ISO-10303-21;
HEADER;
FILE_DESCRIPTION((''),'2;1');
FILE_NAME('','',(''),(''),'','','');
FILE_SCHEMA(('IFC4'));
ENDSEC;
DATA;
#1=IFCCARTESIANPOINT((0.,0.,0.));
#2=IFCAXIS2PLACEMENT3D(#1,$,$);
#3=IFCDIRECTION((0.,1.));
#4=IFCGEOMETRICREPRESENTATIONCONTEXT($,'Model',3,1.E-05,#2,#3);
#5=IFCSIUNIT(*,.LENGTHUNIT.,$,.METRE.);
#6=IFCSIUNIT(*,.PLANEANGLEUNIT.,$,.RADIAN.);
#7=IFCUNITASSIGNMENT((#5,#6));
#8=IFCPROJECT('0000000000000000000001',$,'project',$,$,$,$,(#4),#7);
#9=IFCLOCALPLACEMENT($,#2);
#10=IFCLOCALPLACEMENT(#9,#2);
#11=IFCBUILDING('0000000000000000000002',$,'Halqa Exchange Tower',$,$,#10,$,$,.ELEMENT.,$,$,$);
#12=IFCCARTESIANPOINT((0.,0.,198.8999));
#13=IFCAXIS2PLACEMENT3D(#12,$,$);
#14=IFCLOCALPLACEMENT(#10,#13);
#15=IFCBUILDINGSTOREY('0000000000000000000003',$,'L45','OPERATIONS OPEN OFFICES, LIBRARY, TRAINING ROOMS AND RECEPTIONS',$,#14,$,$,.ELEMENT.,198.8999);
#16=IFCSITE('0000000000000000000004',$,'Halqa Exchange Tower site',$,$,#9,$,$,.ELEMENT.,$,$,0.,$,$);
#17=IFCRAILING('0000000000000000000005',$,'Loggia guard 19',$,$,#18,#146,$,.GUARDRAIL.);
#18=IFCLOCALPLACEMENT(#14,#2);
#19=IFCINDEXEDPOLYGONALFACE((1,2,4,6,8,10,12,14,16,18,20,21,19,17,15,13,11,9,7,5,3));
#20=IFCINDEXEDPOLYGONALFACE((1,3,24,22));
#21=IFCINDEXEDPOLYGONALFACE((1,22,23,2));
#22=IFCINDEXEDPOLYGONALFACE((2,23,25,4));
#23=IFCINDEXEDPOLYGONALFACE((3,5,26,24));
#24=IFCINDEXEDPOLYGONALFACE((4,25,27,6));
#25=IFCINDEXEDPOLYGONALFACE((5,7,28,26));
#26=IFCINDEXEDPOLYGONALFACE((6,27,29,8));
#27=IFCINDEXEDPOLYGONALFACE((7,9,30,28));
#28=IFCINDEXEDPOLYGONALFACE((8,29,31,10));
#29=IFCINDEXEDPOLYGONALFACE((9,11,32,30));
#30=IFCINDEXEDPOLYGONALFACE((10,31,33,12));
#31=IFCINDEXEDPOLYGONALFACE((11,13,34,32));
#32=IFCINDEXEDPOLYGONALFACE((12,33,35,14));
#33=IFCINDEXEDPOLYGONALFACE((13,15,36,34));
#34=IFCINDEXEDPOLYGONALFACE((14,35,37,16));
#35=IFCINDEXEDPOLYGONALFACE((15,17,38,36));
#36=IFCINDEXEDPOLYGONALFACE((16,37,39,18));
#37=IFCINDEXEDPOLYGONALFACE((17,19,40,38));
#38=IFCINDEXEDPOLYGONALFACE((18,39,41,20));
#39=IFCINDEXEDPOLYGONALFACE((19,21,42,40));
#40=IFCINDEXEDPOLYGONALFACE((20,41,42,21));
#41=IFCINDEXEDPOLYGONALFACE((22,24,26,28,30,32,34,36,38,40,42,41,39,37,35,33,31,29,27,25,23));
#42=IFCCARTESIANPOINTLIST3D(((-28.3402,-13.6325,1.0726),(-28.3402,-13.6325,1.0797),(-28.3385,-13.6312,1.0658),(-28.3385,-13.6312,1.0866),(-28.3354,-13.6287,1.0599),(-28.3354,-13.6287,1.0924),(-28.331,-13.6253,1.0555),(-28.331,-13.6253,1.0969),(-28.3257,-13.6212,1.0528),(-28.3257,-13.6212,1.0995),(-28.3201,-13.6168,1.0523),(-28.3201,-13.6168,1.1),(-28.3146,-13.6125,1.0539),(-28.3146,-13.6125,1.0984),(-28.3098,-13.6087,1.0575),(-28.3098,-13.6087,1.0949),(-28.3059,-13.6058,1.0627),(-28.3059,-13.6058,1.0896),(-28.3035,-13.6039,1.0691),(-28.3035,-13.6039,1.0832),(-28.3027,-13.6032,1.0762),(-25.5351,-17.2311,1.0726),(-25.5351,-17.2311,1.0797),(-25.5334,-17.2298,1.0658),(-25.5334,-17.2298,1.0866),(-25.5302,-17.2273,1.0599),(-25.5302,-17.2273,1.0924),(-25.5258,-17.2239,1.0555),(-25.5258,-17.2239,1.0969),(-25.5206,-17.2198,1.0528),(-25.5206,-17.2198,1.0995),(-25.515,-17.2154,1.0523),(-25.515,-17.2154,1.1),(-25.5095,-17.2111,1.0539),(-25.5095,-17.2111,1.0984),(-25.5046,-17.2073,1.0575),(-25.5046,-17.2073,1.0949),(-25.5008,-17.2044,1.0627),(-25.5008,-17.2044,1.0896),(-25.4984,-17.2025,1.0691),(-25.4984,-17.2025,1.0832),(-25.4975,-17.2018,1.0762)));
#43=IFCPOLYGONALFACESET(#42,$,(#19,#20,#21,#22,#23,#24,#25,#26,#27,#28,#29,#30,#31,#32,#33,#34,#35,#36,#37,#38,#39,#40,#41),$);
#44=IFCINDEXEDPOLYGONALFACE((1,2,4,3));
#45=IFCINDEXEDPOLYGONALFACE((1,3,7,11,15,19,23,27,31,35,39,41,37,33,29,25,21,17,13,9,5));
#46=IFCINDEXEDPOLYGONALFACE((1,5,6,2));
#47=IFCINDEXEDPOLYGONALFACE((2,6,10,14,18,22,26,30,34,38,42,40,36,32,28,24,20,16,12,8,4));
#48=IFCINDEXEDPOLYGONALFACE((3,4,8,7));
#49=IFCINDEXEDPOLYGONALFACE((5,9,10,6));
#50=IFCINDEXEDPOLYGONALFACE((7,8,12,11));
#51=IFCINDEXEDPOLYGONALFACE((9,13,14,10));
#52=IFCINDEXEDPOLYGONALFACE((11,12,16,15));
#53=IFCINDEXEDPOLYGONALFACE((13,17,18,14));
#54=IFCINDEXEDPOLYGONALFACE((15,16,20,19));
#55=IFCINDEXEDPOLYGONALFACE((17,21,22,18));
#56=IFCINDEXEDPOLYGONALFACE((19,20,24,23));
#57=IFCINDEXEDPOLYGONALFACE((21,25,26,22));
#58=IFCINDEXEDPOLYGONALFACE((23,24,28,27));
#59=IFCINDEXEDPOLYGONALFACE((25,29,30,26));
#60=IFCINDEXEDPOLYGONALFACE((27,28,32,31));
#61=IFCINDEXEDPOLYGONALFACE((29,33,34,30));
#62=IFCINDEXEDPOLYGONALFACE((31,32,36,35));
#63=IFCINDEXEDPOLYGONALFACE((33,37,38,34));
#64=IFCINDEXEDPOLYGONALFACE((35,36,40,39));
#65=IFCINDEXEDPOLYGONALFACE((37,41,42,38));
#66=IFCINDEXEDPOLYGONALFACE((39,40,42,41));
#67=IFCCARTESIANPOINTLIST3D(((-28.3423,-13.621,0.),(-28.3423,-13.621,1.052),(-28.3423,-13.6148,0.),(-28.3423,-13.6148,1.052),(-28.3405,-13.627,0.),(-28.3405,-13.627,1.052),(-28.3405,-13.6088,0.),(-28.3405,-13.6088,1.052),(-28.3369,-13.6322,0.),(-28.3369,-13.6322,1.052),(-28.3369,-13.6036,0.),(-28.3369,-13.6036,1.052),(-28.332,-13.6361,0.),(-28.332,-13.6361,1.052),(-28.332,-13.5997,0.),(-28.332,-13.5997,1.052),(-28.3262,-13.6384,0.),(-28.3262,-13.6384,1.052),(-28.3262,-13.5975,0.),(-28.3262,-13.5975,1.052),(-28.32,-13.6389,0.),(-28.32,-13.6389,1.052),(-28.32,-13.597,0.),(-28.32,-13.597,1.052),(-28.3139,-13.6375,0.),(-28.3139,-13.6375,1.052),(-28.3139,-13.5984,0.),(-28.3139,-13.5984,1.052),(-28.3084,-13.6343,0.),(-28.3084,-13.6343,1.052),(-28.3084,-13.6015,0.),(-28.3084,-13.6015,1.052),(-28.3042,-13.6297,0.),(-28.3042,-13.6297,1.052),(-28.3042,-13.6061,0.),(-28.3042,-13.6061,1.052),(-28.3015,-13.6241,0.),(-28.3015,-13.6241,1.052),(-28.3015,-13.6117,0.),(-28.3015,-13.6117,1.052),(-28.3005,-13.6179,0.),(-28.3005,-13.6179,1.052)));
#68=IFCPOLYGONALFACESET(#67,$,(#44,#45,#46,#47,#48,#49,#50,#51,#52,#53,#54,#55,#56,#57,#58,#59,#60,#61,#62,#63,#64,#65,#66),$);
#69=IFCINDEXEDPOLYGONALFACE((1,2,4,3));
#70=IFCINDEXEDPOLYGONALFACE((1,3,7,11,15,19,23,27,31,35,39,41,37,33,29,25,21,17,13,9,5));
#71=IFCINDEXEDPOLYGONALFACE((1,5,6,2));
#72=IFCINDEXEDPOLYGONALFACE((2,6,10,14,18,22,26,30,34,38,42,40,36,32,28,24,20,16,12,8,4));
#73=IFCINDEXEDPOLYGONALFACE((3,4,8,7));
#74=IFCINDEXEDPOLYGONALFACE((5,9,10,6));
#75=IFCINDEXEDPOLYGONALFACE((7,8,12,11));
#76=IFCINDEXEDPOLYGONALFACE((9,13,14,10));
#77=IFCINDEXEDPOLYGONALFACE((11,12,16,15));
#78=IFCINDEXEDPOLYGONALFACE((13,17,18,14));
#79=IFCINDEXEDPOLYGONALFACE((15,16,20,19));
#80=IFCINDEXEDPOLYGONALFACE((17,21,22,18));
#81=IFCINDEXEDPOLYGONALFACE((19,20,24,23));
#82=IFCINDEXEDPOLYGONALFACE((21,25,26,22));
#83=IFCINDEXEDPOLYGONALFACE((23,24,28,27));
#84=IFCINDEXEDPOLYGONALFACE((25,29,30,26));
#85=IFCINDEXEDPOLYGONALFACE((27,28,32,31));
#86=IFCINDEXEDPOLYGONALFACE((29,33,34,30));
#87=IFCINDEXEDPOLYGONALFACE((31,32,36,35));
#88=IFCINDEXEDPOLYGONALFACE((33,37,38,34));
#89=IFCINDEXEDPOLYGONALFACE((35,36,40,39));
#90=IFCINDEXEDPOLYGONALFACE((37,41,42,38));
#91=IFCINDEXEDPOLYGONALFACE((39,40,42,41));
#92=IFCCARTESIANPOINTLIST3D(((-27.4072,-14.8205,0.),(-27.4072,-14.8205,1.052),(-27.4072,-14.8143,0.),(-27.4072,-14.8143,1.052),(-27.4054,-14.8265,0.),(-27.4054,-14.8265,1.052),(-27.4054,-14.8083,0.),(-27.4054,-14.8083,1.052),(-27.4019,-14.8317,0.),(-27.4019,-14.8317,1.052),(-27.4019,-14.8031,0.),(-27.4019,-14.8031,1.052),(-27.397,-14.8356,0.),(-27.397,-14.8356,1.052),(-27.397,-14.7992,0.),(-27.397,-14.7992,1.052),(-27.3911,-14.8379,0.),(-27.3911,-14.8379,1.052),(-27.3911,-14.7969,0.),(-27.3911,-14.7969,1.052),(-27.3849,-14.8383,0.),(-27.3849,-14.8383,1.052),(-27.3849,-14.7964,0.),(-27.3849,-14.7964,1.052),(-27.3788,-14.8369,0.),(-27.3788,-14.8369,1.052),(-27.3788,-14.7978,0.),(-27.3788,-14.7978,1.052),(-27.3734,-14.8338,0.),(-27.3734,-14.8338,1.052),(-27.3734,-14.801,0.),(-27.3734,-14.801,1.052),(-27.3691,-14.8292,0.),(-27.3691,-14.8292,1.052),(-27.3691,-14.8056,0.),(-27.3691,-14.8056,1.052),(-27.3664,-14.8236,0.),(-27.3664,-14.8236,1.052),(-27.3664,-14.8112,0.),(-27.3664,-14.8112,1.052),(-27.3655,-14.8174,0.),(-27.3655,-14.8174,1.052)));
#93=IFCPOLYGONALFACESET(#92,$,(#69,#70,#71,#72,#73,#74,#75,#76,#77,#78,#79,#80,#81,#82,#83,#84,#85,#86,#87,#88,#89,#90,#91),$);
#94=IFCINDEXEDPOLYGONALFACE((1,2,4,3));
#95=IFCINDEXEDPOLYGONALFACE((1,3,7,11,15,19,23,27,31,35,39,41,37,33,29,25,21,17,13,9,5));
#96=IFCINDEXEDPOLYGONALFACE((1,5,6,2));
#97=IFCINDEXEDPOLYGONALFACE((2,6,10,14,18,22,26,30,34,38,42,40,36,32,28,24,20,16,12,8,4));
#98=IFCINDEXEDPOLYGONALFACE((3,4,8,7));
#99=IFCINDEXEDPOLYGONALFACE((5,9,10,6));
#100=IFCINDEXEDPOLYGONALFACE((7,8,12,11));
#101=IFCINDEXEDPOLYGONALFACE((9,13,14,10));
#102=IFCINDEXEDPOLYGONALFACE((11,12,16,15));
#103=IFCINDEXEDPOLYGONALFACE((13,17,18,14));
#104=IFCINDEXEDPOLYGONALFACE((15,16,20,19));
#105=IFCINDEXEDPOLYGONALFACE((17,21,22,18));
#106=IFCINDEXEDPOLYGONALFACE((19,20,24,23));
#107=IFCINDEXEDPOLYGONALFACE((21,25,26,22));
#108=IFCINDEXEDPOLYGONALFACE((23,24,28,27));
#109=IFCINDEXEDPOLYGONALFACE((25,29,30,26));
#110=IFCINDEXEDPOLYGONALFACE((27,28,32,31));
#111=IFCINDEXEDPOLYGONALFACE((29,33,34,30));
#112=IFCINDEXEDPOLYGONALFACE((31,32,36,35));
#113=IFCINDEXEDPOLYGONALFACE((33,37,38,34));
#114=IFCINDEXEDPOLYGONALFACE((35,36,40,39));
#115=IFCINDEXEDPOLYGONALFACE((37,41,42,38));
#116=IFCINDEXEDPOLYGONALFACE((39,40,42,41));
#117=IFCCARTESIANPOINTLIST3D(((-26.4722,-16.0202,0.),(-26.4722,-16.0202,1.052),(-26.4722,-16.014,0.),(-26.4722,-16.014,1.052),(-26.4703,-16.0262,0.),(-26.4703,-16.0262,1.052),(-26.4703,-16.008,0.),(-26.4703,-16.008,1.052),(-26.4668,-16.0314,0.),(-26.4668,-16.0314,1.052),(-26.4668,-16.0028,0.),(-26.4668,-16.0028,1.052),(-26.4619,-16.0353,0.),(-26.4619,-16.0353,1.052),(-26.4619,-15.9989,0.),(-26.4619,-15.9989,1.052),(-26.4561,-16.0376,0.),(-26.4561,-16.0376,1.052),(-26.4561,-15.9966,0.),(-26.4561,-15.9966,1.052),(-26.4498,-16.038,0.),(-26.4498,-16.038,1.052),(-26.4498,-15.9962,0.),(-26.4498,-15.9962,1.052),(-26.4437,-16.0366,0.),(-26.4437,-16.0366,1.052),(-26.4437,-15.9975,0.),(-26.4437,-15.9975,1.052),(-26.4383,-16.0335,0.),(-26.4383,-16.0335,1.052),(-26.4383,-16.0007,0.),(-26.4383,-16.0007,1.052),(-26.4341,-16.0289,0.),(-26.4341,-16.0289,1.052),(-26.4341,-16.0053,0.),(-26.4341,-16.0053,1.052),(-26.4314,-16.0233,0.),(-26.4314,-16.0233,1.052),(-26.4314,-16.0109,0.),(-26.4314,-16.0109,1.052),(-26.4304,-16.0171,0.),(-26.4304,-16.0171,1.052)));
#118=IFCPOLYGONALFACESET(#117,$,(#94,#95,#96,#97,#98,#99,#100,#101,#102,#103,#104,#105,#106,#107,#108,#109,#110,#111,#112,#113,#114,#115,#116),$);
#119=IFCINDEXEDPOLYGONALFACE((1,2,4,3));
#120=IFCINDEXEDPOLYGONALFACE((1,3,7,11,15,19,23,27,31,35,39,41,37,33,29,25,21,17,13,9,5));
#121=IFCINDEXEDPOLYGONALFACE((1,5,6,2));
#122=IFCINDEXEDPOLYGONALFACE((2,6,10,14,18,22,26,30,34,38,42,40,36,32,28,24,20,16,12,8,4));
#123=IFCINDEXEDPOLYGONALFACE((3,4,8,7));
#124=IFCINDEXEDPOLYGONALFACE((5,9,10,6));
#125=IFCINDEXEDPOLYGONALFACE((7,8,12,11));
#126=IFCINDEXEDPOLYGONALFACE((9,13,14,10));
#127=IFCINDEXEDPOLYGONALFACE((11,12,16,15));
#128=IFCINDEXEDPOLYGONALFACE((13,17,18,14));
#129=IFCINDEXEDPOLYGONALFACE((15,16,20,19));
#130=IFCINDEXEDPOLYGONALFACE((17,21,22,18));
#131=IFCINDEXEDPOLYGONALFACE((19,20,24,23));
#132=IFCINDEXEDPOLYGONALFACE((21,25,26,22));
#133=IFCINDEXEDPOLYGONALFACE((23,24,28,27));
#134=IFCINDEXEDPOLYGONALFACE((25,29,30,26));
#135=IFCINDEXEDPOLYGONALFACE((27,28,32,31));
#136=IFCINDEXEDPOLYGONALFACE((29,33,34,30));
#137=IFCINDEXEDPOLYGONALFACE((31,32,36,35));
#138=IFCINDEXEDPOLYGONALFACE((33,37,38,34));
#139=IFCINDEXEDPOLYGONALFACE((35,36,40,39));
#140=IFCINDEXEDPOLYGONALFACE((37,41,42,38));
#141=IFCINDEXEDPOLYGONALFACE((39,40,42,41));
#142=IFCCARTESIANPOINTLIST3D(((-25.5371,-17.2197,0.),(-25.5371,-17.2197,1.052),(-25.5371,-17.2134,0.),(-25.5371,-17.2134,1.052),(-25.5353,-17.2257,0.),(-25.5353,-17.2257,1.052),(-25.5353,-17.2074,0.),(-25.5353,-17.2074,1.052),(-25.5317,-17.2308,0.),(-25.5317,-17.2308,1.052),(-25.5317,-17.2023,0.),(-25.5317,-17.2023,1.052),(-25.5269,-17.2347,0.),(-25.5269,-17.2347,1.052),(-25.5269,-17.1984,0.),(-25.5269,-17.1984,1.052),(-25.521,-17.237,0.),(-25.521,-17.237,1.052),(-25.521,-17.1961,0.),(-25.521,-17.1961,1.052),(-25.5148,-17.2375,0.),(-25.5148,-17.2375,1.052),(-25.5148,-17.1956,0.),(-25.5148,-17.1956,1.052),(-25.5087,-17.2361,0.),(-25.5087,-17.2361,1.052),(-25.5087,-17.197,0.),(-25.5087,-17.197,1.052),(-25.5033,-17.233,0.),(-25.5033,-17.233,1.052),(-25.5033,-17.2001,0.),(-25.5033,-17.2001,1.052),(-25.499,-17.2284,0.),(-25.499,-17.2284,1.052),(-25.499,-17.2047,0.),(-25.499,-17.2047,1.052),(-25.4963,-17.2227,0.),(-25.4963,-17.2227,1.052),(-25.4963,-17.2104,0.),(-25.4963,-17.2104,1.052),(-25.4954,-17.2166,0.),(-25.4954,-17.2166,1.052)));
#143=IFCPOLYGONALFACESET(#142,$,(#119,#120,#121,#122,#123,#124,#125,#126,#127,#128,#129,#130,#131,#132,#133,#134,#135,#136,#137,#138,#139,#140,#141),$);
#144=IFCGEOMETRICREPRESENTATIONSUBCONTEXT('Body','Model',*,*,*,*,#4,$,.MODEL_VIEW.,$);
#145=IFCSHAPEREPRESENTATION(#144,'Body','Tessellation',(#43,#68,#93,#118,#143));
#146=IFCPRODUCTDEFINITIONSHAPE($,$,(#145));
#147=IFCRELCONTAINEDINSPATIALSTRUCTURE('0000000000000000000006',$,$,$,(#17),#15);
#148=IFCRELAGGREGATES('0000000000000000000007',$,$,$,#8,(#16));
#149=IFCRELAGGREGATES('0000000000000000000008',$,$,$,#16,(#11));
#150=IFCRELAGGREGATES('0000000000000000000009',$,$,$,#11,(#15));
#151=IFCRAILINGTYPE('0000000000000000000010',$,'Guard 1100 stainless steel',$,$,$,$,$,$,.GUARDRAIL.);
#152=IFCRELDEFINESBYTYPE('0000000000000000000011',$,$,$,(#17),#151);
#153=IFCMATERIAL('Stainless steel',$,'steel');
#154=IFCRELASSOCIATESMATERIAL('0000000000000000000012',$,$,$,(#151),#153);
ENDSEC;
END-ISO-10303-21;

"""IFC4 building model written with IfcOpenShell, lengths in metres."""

from ifc_helpers import new_model, si_unit, direction, frame, origin, origin_2d, place, context, subcontext, project, spatial, circle, extrude, material, type_object, element, save


model = new_model("IFC4")

# Units and contexts
model_context = context("Model", 3, precision=1e-05, world=origin(), true_north=direction((0.0, 1.0)))
body_context = subcontext(model_context, "Body", "Model", "MODEL_VIEW")
ifc_project = project(units=[si_unit("LENGTHUNIT", "METRE"), si_unit("PLANEANGLEUNIT", "RADIAN")], contexts=[model_context])

# Site, building, storey
site_placement = place(None, origin())
site = spatial("IfcSite", under=ifc_project, at=site_placement, Name="Halqa Exchange Tower site", CompositionType="ELEMENT", RefElevation=0.0)
building_placement = place(site_placement, origin())
building = spatial("IfcBuilding", under=site, at=building_placement, Name="Halqa Exchange Tower", CompositionType="ELEMENT")
storey_placement = place(building_placement, frame((0.0, 0.0, 198.8999)))
storey = spatial("IfcBuildingStorey", under=building, at=storey_placement, Name="L45", Description="OPERATIONS OPEN OFFICES, LIBRARY, TRAINING ROOMS AND RECEPTIONS", CompositionType="ELEMENT", Elevation=198.8999)

# Railing
ifc_material_1 = material(Name="Stainless steel", Category="steel")
railing_type = type_object("IfcRailingType", Name="Guard 1100 stainless steel", PredefinedType="GUARDRAIL", material=ifc_material_1)
railing_1_placement = place(storey_placement, frame((-28.3215, -13.6179, 0.0)))
element("IfcRailing", 1, at=railing_1_placement, inside=storey, type_object=railing_type, Name="Loggia guard 19", PredefinedType="GUARDRAIL", context=body_context, shape_type="SweptSolid", body=[
    extrude(circle(Radius=0.0239, at=origin_2d()), frame((0.0, 0.0, 1.0762), z_axis=(0.614792, -0.788689, 0.0), x_axis=(0.788689, 0.614792, 0.0)), (0.0, 0.0, 1.0), 4.5627),
    extrude(circle(Radius=0.021, at=origin_2d()), origin(), (0.0, 0.0, 1.0), 1.052),
    extrude(circle(Radius=0.021, at=origin_2d()), frame((0.9351, -1.1995, 0.0)), (0.0, 0.0, 1.0), 1.052),
    extrude(circle(Radius=0.021, at=origin_2d()), frame((1.8701, -2.3992, 0.0)), (0.0, 0.0, 1.0), 1.052),
    extrude(circle(Radius=0.021, at=origin_2d()), frame((2.8052, -3.5986, 0.0)), (0.0, 0.0, 1.0), 1.052),
])

save(model, "model.ifc")
